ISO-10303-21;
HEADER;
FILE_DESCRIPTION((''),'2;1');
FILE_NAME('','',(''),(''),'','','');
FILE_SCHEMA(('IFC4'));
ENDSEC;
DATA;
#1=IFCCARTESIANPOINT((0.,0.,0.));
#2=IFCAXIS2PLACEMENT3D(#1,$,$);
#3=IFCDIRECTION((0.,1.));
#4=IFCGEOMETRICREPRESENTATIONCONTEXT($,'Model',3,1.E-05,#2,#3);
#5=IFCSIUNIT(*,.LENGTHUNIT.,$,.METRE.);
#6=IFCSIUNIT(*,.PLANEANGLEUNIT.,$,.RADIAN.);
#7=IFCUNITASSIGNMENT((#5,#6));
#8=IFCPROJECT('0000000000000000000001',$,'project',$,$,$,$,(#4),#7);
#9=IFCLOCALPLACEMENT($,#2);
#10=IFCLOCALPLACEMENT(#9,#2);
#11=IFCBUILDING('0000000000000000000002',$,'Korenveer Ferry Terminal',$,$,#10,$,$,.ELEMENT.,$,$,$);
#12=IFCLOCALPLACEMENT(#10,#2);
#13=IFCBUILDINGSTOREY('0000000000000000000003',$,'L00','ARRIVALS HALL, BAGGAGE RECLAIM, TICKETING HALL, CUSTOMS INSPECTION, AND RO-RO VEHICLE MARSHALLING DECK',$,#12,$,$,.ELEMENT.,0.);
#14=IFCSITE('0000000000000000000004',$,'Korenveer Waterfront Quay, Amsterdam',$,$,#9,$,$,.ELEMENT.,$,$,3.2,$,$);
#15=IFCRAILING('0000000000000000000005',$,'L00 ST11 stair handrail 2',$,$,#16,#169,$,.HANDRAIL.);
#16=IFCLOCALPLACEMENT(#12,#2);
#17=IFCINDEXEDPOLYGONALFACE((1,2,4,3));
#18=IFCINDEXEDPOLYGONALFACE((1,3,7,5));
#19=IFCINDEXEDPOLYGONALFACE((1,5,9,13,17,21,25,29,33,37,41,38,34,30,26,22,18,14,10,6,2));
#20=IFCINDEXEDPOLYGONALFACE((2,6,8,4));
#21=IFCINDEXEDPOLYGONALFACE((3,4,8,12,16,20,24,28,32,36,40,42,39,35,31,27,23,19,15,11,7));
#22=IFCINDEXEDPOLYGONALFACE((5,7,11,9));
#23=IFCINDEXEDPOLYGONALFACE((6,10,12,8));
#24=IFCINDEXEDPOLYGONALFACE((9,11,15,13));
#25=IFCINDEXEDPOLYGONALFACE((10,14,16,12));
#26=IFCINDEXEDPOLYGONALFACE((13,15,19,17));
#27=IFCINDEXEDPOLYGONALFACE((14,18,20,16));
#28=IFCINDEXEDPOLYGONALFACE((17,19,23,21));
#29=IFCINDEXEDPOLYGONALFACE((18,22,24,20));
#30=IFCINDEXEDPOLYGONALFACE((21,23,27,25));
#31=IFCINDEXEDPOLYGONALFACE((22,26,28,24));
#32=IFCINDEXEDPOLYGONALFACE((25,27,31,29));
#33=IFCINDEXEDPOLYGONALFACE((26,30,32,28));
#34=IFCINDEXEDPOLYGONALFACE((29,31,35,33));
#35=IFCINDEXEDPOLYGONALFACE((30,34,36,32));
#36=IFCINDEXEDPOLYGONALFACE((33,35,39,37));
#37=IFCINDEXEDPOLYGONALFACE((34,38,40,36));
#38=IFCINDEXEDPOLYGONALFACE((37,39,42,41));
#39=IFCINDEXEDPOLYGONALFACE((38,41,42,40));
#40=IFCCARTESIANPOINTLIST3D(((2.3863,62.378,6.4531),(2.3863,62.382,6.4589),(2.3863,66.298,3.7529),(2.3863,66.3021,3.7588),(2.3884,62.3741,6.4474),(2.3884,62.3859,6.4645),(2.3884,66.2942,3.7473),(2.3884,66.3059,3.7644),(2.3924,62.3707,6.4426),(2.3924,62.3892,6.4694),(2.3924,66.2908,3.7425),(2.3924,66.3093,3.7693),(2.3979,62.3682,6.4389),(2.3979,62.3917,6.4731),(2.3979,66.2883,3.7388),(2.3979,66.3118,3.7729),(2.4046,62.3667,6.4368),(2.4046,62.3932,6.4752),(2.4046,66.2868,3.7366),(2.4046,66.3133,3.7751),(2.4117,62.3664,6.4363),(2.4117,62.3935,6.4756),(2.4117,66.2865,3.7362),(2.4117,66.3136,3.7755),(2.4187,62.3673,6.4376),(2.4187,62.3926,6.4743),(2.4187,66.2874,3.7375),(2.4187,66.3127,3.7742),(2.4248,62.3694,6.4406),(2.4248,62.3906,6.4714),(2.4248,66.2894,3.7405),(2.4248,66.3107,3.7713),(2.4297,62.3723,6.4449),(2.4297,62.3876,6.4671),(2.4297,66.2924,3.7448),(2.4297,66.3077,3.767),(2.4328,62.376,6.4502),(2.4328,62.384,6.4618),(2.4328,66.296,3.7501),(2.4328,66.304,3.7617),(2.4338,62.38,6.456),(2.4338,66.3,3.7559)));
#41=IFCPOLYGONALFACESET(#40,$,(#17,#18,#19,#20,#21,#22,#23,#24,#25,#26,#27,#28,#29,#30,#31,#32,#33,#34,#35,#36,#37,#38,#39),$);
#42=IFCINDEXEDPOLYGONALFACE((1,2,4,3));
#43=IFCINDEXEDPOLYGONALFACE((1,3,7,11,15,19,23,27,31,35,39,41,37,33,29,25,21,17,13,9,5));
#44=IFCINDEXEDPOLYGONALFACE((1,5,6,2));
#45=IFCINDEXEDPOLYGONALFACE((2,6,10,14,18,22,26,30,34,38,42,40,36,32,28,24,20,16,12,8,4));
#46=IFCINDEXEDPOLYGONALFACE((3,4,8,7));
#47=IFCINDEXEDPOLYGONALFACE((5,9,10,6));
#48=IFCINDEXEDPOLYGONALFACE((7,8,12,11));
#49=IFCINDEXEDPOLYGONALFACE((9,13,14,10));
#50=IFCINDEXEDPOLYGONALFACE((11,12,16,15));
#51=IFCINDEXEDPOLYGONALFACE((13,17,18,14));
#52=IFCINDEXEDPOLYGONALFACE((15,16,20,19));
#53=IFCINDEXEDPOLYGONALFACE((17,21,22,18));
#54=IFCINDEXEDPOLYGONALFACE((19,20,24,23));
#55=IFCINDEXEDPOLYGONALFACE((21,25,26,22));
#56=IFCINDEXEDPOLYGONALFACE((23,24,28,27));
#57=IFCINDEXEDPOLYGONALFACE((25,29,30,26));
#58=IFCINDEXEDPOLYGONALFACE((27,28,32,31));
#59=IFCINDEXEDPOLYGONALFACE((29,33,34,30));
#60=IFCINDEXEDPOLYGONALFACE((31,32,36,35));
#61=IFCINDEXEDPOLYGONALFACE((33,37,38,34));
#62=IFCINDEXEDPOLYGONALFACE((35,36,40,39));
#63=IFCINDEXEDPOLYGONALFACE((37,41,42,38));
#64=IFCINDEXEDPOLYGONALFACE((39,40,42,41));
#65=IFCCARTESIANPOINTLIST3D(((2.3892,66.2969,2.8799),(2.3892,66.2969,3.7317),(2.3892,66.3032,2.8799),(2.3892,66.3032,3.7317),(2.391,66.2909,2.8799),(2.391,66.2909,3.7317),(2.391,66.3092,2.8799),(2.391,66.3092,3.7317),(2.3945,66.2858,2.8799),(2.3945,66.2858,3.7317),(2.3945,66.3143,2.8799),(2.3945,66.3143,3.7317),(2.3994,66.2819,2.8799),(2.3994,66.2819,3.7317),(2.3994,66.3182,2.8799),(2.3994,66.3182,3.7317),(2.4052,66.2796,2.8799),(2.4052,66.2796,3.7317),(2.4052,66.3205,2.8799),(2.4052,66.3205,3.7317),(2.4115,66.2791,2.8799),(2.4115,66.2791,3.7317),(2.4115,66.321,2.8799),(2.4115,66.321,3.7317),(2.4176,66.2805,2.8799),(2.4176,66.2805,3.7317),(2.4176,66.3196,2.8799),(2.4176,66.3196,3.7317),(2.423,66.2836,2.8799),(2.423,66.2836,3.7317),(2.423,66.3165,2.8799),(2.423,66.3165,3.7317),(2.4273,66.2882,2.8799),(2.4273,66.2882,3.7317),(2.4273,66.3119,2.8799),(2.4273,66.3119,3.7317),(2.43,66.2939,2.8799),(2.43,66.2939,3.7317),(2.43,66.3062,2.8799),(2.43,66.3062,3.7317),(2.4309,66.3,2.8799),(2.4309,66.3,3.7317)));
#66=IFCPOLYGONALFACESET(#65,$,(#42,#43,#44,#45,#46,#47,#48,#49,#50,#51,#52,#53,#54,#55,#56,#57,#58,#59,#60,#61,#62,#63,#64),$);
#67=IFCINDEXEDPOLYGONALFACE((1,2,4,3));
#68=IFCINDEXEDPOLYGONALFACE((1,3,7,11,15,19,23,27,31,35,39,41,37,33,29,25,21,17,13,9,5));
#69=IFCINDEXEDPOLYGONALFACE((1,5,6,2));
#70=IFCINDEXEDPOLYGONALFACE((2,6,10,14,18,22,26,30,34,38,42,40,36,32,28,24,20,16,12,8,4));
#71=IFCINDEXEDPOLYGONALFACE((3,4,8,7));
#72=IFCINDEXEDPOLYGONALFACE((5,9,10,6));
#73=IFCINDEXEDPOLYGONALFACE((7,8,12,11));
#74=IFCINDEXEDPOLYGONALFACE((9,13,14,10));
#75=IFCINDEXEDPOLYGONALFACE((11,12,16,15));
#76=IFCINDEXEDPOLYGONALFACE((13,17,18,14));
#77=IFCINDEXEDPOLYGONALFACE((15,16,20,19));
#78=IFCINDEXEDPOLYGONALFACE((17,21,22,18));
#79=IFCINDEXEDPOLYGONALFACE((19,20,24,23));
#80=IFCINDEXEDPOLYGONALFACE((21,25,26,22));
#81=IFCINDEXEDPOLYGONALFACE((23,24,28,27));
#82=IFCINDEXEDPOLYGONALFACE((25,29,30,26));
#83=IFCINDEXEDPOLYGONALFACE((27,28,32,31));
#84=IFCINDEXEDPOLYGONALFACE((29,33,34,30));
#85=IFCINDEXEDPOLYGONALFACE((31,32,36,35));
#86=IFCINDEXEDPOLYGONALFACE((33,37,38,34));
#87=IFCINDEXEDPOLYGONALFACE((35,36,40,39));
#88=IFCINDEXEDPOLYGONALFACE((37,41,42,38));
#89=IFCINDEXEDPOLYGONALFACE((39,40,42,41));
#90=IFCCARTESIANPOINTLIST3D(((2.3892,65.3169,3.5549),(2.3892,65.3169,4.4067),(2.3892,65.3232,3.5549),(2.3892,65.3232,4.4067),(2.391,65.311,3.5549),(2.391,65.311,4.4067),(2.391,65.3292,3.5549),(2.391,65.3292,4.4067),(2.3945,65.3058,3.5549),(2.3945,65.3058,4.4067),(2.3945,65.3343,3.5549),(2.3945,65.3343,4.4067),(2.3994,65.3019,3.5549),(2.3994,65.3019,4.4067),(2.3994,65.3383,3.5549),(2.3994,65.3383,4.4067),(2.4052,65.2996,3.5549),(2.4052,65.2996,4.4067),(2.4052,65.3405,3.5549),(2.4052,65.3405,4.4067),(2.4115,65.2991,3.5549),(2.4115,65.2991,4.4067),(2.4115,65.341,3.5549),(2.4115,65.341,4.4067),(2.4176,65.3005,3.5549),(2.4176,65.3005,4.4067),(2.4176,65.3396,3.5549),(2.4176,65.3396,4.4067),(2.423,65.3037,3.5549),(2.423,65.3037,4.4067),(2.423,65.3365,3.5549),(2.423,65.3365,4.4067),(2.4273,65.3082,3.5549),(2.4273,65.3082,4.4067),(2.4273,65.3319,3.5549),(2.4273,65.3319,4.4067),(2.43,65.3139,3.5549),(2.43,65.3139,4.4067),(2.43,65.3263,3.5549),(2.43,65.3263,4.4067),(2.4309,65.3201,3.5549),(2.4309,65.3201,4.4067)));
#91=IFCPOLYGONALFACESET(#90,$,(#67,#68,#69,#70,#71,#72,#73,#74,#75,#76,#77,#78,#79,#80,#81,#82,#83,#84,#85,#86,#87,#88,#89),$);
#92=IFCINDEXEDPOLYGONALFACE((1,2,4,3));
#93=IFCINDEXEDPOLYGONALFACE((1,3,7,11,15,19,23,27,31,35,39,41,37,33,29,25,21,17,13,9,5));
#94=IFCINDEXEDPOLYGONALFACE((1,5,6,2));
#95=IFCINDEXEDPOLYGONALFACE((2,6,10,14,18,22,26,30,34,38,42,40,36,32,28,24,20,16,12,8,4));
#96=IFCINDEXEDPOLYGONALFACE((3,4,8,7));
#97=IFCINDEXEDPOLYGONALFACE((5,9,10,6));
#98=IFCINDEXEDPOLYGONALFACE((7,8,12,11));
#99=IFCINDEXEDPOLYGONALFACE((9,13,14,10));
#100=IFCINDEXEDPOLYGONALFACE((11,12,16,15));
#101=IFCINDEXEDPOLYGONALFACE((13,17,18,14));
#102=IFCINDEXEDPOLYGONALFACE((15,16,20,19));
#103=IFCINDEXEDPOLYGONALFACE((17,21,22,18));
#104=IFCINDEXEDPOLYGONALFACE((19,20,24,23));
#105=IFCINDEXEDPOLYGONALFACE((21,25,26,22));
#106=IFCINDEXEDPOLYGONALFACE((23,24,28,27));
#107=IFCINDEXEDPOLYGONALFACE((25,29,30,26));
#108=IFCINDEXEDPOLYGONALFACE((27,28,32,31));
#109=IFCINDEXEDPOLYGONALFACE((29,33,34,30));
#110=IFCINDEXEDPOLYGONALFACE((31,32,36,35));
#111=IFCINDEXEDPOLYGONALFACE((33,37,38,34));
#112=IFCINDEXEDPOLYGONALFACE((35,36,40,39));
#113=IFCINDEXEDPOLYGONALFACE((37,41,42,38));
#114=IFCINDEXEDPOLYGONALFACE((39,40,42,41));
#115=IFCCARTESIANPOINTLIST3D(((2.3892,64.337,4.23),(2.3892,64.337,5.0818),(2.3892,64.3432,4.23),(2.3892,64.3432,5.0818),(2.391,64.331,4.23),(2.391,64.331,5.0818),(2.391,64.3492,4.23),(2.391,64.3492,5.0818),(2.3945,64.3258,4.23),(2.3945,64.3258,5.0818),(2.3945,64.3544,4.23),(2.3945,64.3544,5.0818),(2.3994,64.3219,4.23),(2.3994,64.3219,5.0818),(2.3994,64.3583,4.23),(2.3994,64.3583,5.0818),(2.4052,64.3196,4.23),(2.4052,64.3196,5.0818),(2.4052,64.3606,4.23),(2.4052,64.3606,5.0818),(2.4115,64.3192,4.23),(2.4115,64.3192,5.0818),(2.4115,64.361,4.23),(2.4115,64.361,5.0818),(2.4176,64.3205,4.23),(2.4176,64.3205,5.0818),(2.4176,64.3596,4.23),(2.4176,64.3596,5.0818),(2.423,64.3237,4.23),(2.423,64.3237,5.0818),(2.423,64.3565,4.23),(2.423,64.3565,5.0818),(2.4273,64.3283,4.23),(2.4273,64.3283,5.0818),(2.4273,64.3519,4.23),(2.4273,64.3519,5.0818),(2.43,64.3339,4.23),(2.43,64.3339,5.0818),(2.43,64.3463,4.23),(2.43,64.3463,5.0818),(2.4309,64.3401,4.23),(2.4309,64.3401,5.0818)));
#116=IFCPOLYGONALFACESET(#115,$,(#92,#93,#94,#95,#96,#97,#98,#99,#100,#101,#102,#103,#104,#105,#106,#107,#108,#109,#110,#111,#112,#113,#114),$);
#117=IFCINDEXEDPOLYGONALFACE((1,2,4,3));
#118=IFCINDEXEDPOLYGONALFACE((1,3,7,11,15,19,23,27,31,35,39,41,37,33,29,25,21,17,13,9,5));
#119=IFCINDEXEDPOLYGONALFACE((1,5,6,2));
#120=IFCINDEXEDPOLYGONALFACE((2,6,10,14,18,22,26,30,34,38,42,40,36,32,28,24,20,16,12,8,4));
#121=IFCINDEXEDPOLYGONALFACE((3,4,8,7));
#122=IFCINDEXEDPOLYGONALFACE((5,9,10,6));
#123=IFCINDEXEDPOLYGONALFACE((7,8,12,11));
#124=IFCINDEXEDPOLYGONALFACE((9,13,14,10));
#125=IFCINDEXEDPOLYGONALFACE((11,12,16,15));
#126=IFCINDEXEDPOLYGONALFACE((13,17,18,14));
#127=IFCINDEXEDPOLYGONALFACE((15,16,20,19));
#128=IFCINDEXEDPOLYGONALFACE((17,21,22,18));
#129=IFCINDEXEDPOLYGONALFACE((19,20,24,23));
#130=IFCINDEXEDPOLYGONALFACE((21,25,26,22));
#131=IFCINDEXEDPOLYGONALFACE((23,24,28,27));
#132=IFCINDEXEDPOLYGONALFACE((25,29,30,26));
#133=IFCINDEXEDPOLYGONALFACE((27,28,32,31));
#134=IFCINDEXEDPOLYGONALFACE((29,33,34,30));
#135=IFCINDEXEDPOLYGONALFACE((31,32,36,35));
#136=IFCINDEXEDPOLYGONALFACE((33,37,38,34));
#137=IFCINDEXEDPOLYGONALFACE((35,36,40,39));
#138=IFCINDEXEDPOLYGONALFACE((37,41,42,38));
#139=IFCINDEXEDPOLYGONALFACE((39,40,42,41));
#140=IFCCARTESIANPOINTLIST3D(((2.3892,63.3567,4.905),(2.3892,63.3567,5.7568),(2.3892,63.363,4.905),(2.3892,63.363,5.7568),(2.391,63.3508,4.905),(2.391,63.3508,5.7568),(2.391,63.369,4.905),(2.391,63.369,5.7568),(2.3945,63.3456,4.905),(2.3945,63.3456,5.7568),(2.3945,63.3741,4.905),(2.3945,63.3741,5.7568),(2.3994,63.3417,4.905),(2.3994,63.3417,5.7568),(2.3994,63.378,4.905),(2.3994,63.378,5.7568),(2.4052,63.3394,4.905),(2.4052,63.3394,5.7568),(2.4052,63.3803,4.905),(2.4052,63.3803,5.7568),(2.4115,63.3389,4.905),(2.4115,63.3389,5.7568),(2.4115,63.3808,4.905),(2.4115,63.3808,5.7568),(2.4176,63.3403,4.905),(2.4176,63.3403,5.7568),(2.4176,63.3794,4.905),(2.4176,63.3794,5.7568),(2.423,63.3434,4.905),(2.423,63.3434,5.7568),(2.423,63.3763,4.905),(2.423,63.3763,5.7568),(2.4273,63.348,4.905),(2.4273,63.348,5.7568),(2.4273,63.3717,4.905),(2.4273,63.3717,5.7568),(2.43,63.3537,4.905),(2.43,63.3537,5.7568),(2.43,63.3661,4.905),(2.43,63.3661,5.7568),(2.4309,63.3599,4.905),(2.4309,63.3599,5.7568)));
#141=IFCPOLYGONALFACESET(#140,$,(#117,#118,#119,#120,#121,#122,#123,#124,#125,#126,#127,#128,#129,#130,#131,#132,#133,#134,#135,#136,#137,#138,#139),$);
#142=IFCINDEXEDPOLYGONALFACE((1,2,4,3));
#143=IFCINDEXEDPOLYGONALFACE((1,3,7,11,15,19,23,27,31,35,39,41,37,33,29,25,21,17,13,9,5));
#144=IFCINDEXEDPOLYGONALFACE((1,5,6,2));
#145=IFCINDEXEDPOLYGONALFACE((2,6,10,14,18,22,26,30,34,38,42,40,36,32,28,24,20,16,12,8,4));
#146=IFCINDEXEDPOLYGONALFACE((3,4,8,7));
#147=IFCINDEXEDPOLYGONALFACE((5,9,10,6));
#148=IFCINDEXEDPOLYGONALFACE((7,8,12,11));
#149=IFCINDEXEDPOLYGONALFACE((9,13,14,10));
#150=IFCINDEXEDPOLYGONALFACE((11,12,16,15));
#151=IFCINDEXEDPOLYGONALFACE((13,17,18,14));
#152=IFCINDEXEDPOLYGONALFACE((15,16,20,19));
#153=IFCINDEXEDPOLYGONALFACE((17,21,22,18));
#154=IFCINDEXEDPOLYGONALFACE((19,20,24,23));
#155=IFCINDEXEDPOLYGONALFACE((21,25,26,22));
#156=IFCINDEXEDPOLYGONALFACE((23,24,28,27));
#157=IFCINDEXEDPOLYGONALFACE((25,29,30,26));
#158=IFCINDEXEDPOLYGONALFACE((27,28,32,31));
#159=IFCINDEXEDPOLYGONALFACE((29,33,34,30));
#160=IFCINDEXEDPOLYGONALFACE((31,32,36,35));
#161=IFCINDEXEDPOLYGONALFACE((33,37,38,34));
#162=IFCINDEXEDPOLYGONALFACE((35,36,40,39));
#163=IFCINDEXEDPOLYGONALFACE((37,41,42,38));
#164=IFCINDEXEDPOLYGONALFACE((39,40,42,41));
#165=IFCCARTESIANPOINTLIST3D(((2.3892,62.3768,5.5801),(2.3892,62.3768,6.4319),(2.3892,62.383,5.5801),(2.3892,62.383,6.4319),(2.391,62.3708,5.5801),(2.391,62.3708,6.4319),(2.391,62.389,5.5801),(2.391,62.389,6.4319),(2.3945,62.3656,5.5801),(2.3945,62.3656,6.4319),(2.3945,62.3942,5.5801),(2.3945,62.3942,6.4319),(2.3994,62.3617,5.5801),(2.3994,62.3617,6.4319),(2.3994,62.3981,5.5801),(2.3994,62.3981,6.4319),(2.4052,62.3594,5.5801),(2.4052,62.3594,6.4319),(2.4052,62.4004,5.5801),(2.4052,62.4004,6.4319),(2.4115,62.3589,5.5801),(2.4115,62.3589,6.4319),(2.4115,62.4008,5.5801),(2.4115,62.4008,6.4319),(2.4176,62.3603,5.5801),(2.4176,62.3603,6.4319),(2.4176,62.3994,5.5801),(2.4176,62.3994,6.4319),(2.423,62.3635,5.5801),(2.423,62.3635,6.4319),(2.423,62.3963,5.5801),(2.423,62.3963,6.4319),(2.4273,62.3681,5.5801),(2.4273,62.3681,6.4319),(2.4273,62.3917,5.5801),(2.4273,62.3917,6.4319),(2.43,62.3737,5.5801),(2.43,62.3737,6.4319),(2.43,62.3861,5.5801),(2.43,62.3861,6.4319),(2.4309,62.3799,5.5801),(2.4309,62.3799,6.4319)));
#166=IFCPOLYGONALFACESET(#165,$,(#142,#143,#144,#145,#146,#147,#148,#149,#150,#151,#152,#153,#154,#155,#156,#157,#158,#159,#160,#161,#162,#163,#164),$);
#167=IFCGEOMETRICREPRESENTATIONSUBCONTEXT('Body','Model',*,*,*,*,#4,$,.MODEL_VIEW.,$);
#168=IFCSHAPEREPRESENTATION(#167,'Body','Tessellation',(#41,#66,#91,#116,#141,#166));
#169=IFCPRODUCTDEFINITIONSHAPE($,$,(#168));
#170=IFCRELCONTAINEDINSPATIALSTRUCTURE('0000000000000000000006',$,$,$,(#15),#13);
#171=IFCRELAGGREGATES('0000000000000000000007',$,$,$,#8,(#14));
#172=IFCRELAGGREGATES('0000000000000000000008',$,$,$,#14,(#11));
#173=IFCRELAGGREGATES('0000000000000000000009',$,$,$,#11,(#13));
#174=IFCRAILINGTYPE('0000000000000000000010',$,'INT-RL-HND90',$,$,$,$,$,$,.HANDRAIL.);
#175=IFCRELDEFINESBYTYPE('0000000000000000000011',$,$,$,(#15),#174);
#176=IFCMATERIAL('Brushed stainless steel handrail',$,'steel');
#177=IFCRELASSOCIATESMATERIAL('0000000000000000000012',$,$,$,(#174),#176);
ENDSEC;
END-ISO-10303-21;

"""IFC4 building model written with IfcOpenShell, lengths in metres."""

from ifc_helpers import new_model, si_unit, direction, frame, origin, origin_2d, place, context, subcontext, project, spatial, circle, extrude, material, type_object, element, save


model = new_model("IFC4")

# Units and contexts
model_context = context("Model", 3, precision=1e-05, world=origin(), true_north=direction((0.0, 1.0)))
body_context = subcontext(model_context, "Body", "Model", "MODEL_VIEW")
ifc_project = project(units=[si_unit("LENGTHUNIT", "METRE"), si_unit("PLANEANGLEUNIT", "RADIAN")], contexts=[model_context])

# Site, building, storey
site_placement = place(None, origin())
site = spatial("IfcSite", under=ifc_project, at=site_placement, Name="Korenveer Waterfront Quay, Amsterdam", CompositionType="ELEMENT", RefElevation=3.2)
building_placement = place(site_placement, origin())
building = spatial("IfcBuilding", under=site, at=building_placement, Name="Korenveer Ferry Terminal", CompositionType="ELEMENT")
storey_placement = place(building_placement, origin())
storey = spatial("IfcBuildingStorey", under=building, at=storey_placement, Name="L00", Description="ARRIVALS HALL, BAGGAGE RECLAIM, TICKETING HALL, CUSTOMS INSPECTION, AND RO-RO VEHICLE MARSHALLING DECK", CompositionType="ELEMENT", Elevation=0.0)

# Railing
ifc_material_1 = material(Name="Brushed stainless steel handrail", Category="steel")
railing_type_1 = type_object("IfcRailingType", Name="INT-RL-HND90", PredefinedType="HANDRAIL", material=ifc_material_1)
railing_1_placement = place(storey_placement, frame((2.4099, 66.3, 2.8799)))
element("IfcRailing", 1, at=railing_1_placement, inside=storey, type_object=railing_type_1, Name="L00 ST11 stair handrail 2", PredefinedType="HANDRAIL", context=body_context, shape_type="SweptSolid", body=[
    extrude(circle(Radius=0.0239, at=origin_2d()), frame((0.0, 0.0, 0.876), z_axis=(0.0, -0.823543, 0.567253), x_axis=(1.0, 0.0, 0.0)), (0.0, 0.0, 1.0), 4.76),
    extrude(circle(Radius=0.021, at=origin_2d()), origin(), (0.0, 0.0, 1.0), 0.8518),
    extrude(circle(Radius=0.021, at=origin_2d()), frame((0.0, -0.98, 0.675)), (0.0, 0.0, 1.0), 0.8518),
    extrude(circle(Radius=0.021, at=origin_2d()), frame((0.0, -1.96, 1.3501)), (0.0, 0.0, 1.0), 0.8518),
    extrude(circle(Radius=0.021, at=origin_2d()), frame((0.0, -2.9402, 2.0251)), (0.0, 0.0, 1.0), 0.8518),
    extrude(circle(Radius=0.021, at=origin_2d()), frame((0.0, -3.9202, 2.7002)), (0.0, 0.0, 1.0), 0.8518),
])

save(model, "model.ifc")
